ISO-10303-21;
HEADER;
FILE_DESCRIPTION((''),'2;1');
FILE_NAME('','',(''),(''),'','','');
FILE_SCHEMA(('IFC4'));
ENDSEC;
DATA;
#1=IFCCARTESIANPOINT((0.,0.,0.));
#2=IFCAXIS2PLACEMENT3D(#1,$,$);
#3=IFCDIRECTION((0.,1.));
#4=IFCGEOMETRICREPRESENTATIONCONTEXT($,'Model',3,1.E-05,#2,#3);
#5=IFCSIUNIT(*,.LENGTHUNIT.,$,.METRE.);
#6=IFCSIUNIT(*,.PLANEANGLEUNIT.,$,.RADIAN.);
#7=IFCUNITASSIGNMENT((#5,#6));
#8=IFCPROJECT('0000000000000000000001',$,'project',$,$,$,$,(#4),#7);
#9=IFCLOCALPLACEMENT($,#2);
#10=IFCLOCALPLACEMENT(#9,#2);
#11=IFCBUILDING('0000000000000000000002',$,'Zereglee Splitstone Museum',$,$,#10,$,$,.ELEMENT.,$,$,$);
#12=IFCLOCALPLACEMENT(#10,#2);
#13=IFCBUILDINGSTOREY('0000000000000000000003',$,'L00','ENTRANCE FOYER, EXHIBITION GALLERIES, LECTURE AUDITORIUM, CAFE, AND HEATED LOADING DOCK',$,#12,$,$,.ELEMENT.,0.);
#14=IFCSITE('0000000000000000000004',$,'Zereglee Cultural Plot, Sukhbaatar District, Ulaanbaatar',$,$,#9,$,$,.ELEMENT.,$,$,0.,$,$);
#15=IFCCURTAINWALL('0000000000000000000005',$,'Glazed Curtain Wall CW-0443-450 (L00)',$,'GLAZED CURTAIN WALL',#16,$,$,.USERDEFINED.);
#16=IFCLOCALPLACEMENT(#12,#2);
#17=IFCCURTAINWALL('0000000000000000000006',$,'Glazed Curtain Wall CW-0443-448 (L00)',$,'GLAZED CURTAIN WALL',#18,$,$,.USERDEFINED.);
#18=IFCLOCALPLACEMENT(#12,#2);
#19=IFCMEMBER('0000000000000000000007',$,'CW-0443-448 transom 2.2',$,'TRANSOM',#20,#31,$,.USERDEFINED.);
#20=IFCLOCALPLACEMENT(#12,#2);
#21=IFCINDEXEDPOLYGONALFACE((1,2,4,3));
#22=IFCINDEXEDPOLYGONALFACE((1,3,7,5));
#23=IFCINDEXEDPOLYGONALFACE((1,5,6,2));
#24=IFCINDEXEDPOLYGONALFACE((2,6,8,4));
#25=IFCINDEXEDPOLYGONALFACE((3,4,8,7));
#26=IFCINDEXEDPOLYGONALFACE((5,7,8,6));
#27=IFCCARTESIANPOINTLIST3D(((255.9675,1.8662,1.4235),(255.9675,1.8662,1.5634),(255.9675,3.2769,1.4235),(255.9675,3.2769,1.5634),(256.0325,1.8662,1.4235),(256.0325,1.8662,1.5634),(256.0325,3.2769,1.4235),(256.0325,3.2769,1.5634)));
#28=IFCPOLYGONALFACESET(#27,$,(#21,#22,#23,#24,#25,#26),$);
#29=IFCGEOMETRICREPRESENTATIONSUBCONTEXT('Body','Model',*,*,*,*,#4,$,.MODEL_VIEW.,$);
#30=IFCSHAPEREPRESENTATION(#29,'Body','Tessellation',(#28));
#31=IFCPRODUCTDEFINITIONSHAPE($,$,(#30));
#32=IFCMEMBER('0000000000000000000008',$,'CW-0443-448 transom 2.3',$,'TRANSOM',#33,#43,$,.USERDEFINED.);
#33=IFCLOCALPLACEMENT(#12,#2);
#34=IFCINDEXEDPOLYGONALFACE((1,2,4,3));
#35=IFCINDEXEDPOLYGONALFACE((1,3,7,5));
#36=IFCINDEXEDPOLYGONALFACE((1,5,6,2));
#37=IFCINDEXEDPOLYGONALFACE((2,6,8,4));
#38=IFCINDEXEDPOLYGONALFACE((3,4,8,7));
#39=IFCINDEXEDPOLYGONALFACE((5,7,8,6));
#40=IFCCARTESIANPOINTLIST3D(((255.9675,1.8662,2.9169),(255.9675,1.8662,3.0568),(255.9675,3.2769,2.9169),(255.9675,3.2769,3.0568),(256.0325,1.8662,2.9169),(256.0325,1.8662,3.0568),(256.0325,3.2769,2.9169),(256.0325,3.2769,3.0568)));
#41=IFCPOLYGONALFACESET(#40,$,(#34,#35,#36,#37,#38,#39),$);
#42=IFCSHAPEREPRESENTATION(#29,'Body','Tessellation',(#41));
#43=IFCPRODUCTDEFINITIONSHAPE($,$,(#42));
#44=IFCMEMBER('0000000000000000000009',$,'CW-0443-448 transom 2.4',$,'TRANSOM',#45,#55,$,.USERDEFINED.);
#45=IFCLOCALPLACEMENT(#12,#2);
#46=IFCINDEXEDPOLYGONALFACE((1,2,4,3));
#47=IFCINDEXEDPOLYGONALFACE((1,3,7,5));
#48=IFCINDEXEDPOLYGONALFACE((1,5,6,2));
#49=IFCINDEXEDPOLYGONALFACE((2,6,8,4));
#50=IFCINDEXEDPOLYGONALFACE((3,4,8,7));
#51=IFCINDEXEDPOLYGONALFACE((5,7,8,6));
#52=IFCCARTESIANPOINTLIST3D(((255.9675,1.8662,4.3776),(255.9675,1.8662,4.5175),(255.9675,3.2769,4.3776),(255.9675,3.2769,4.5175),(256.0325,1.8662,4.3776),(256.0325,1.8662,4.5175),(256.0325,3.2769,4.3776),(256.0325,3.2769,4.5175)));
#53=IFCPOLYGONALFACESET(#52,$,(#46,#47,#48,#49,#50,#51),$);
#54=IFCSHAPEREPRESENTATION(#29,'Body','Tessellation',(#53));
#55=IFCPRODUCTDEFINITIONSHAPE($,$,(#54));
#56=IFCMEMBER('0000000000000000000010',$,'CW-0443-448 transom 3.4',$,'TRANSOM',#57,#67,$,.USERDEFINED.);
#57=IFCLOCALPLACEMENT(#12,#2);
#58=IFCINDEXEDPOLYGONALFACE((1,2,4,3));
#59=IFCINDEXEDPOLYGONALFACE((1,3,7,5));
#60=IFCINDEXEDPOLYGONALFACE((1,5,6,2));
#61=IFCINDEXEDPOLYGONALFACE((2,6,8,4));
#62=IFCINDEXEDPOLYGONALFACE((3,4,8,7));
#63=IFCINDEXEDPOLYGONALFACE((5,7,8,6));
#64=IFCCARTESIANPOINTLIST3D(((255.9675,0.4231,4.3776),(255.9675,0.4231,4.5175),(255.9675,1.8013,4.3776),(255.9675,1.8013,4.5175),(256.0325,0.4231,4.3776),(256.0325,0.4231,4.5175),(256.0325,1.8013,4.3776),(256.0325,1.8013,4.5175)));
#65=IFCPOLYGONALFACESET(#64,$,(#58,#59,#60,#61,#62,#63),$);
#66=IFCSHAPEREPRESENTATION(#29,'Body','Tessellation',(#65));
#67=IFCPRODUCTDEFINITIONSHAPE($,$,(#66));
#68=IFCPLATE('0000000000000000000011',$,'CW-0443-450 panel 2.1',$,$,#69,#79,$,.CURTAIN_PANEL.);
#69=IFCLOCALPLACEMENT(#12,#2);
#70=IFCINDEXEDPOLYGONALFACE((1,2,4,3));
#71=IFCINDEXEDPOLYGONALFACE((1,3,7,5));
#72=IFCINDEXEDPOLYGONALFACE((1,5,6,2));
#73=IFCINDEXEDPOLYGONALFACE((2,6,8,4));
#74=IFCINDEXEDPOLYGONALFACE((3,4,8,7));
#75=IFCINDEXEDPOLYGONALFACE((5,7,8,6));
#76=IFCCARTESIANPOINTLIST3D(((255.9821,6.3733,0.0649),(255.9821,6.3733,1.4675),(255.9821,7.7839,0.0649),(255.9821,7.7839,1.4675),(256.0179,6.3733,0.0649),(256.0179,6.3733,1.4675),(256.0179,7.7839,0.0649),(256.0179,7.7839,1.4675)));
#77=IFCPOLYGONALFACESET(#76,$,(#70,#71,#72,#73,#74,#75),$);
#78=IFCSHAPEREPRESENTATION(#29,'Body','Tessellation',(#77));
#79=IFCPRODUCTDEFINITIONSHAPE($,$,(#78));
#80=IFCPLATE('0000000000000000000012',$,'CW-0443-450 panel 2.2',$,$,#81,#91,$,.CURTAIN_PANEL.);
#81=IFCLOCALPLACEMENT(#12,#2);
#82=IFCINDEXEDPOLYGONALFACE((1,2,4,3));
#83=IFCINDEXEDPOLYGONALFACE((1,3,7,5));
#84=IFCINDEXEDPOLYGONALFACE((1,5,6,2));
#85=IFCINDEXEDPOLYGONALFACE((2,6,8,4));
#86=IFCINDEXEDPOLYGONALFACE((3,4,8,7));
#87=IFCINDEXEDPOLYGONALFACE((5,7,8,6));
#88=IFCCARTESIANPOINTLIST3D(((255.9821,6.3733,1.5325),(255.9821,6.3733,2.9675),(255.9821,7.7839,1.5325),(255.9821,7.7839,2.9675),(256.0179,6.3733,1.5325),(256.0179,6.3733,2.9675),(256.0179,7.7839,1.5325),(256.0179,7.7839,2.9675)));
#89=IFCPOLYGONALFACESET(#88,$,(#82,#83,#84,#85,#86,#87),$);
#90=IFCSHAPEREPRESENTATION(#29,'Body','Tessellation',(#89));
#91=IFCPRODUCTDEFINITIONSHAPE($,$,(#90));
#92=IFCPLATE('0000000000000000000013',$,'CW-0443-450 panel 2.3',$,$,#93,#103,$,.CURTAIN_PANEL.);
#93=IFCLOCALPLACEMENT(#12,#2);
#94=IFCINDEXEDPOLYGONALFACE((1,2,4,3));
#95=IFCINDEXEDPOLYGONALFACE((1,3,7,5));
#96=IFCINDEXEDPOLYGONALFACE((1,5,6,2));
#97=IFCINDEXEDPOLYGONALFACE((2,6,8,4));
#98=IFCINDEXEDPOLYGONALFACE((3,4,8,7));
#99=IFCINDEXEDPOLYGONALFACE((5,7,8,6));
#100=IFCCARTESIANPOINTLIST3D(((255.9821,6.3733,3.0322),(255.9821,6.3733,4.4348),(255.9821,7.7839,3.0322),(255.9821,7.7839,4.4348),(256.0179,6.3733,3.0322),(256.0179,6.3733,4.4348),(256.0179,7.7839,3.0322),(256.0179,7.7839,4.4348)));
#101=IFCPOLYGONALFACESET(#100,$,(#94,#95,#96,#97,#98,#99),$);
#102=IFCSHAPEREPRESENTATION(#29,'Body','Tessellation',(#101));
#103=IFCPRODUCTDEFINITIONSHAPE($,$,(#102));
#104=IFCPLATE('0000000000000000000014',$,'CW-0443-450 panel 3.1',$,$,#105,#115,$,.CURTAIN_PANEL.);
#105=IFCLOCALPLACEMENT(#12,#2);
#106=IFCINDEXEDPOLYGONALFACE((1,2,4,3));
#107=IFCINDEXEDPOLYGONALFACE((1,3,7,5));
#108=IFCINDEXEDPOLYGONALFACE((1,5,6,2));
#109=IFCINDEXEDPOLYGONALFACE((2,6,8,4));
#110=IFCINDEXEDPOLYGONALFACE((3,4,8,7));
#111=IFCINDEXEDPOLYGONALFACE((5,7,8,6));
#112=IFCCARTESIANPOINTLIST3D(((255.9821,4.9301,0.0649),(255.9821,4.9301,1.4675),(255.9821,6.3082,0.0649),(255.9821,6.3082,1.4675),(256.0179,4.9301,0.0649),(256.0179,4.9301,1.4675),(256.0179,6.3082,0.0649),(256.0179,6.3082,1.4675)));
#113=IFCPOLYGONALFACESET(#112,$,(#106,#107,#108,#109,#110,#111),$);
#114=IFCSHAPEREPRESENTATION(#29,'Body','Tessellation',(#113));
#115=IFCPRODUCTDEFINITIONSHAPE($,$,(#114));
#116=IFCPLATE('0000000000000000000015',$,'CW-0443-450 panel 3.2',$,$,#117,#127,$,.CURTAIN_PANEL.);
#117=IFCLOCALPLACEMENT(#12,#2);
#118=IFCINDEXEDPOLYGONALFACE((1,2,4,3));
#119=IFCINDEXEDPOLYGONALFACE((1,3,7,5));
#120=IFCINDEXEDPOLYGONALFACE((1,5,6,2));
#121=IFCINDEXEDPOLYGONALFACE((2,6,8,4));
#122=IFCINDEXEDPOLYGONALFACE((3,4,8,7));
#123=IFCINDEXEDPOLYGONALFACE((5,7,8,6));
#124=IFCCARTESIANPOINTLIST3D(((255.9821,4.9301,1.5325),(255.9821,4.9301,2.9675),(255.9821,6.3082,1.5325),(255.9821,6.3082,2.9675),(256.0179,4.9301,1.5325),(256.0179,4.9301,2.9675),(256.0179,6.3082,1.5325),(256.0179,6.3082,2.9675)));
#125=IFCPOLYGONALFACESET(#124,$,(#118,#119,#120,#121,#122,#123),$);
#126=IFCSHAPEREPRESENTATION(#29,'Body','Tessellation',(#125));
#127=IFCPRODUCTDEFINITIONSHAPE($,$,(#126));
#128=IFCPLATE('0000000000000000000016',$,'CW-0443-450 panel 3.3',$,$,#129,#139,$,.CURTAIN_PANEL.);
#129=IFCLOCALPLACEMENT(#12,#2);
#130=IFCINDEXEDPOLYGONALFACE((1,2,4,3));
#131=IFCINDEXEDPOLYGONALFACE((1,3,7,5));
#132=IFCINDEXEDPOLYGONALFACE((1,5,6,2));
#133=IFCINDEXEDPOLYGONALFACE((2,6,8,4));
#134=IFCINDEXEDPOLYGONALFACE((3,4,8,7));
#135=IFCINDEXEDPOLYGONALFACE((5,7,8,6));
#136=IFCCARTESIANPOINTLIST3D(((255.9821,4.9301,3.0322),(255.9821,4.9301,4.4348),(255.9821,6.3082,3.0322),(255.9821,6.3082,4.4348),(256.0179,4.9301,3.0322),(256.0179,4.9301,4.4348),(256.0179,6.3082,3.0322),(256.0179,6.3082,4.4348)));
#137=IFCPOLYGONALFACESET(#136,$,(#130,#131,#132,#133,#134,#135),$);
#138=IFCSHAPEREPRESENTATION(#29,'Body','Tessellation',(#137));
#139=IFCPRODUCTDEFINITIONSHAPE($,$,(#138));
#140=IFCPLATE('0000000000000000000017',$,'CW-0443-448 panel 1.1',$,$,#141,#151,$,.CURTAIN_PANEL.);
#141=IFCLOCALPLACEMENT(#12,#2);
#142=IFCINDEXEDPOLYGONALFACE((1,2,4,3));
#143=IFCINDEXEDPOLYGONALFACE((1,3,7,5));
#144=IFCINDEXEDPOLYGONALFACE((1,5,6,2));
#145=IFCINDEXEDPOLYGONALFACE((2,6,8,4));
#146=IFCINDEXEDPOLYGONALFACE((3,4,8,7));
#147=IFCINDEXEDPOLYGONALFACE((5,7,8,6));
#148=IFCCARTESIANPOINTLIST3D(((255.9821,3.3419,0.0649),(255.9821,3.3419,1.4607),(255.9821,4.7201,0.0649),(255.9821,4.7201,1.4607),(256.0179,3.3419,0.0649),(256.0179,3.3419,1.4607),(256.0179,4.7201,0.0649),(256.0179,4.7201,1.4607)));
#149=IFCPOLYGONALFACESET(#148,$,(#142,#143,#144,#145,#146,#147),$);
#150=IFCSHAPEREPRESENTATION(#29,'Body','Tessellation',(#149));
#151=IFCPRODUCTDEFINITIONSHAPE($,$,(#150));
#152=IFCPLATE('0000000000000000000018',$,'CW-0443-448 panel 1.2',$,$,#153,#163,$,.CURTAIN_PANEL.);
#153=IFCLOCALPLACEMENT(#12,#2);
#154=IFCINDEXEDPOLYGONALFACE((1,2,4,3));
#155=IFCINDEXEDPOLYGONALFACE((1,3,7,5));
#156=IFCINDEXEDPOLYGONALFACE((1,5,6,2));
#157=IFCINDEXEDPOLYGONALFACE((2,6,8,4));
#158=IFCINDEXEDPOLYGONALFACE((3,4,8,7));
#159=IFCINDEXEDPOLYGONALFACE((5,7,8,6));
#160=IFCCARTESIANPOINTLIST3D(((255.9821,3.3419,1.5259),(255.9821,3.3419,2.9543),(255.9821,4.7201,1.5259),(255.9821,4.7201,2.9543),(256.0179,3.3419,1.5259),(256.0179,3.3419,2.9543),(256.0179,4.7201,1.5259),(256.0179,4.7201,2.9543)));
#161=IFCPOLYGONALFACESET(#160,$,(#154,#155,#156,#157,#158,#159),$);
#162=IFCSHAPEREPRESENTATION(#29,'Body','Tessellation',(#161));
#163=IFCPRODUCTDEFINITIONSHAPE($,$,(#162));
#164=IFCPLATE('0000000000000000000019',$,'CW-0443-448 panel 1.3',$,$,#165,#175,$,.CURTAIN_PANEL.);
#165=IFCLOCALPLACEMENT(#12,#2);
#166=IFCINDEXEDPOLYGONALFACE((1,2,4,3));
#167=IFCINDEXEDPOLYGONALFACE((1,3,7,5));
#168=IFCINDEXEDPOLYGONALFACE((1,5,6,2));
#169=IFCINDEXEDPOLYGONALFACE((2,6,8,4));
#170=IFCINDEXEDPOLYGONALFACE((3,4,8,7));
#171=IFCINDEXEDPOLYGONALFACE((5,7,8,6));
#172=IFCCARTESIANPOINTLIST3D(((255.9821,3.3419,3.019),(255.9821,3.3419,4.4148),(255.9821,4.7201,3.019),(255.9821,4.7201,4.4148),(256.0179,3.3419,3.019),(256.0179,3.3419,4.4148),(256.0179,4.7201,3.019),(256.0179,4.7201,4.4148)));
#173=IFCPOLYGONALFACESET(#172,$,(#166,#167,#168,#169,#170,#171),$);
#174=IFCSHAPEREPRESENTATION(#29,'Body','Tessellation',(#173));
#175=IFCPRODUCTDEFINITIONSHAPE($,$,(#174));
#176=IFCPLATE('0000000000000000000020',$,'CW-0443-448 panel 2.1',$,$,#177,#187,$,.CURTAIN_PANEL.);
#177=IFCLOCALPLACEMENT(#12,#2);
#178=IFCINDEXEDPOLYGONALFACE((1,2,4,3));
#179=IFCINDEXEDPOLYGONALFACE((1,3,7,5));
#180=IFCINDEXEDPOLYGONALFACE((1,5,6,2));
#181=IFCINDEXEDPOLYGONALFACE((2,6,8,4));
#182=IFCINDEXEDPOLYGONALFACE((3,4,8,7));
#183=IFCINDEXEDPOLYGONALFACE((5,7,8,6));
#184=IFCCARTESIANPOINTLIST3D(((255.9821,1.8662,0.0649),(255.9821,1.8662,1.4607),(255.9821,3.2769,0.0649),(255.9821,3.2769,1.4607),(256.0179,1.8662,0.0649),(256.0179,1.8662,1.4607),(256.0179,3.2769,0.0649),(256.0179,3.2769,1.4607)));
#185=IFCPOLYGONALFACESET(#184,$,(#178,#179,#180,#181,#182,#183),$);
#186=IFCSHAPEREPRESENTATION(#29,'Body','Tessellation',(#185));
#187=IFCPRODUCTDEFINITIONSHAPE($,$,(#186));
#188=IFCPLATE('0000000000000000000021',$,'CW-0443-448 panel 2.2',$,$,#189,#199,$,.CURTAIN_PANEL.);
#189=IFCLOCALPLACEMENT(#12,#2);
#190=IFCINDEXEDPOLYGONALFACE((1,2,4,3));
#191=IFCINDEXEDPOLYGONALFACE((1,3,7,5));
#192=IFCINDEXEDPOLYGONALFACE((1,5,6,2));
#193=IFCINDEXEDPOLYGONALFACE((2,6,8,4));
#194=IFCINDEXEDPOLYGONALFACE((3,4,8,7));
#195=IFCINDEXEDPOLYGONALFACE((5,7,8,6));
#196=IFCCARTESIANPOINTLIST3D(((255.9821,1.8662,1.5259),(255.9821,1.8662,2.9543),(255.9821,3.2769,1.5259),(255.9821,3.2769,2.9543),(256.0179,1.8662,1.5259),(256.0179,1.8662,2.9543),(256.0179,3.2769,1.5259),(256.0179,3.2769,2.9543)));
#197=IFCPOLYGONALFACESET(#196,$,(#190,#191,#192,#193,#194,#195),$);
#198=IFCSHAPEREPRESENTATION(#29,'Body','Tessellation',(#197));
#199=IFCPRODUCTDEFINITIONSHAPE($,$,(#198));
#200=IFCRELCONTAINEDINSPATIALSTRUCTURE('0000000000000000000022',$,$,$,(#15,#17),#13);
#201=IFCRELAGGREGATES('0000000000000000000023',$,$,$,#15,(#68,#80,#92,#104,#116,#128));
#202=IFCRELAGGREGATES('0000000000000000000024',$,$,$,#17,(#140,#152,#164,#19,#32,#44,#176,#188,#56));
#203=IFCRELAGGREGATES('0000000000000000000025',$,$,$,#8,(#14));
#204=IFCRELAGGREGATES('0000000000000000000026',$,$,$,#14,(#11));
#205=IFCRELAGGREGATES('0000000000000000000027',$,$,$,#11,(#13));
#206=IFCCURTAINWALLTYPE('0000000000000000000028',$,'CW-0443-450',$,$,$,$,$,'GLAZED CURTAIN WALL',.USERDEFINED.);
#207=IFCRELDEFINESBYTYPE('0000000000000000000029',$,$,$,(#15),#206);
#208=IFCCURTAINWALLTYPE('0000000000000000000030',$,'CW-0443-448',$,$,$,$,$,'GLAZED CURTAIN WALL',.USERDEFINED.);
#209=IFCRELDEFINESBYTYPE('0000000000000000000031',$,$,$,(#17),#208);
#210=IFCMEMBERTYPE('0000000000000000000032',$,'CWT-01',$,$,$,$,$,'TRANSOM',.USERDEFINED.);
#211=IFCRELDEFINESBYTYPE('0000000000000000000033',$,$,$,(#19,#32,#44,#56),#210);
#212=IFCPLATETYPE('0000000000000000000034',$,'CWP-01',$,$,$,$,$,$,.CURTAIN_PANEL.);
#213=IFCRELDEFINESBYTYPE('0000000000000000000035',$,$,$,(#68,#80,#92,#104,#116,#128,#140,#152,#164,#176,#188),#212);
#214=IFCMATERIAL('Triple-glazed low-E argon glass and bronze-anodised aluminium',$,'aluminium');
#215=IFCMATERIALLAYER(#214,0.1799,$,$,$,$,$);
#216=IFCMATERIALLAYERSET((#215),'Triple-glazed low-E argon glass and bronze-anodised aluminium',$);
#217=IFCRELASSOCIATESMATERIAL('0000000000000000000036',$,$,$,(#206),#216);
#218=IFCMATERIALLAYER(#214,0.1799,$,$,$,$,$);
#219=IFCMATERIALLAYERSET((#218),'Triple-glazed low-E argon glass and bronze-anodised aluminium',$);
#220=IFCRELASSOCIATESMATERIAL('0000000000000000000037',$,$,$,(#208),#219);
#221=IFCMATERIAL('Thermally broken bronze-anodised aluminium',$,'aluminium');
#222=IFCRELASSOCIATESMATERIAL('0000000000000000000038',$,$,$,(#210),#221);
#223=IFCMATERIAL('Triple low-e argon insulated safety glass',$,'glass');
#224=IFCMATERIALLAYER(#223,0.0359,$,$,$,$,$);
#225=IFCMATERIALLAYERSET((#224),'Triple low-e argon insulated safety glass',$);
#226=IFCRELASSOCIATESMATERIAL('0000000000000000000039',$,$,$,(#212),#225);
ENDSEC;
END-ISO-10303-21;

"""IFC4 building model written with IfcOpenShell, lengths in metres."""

from ifc_helpers import new_model, si_unit, direction, frame, origin, origin_2d, place, context, subcontext, project, spatial, rectangle, extrude, material, layer, layer_set, material_profile, profile_set, type_object, element, aggregate, save


model = new_model("IFC4")

# Units and contexts
model_context = context("Model", 3, precision=1e-05, world=origin(), true_north=direction((0.0, 1.0)))
body_context = subcontext(model_context, "Body", "Model", "MODEL_VIEW")
ifc_project = project(units=[si_unit("LENGTHUNIT", "METRE"), si_unit("PLANEANGLEUNIT", "RADIAN")], contexts=[model_context])

# Site, building, storey
site_placement = place(None, origin())
site = spatial("IfcSite", under=ifc_project, at=site_placement, Name="Zereglee Cultural Plot, Sukhbaatar District, Ulaanbaatar", CompositionType="ELEMENT", RefElevation=0.0)
building_placement = place(site_placement, origin())
building = spatial("IfcBuilding", under=site, at=building_placement, Name="Zereglee Splitstone Museum", CompositionType="ELEMENT")
storey_placement = place(building_placement, origin())
storey = spatial("IfcBuildingStorey", under=building, at=storey_placement, Name="L00", Description="ENTRANCE FOYER, EXHIBITION GALLERIES, LECTURE AUDITORIUM, CAFE, AND HEATED LOADING DOCK", CompositionType="ELEMENT", Elevation=0.0)

# Curtain walls
ifc_material_1 = material(Name="Triple-glazed low-E argon glass and bronze-anodised aluminium", Category="aluminium")
ifc_layer_1 = layer(ifc_material_1, 0.1799)
ifc_layer_set_1 = layer_set([ifc_layer_1], Name="Triple-glazed low-E argon glass and bronze-anodised aluminium")
curtain_wall_type_1 = type_object("IfcCurtainWallType", Name="CW-0443-450", ElementType="GLAZED CURTAIN WALL", PredefinedType="USERDEFINED", material=ifc_layer_set_1)
curtain_wall_1_placement = place(storey_placement, origin())
curtain_wall_1 = element("IfcCurtainWall", 1, at=curtain_wall_1_placement, inside=storey, type_object=curtain_wall_type_1, Name="Glazed Curtain Wall CW-0443-450 (L00)", ObjectType="GLAZED CURTAIN WALL", PredefinedType="USERDEFINED")
ifc_material_2 = material(Name="Thermally broken bronze-anodised aluminium", Category="aluminium")
ifc_layer_2 = layer(ifc_material_1, 0.1799)
ifc_layer_set_2 = layer_set([ifc_layer_2], Name="Triple-glazed low-E argon glass and bronze-anodised aluminium")
curtain_wall_type_2 = type_object("IfcCurtainWallType", Name="CW-0443-448", ElementType="GLAZED CURTAIN WALL", PredefinedType="USERDEFINED", material=ifc_layer_set_2)
curtain_wall_2_placement = place(storey_placement, origin())
curtain_wall_2 = element("IfcCurtainWall", 2, at=curtain_wall_2_placement, inside=storey, type_object=curtain_wall_type_2, Name="Glazed Curtain Wall CW-0443-448 (L00)", ObjectType="GLAZED CURTAIN WALL", PredefinedType="USERDEFINED")

# Members
ifc_material_profile_1 = material_profile(ifc_material_2, rectangle(XDim=0.0649, YDim=0.1399, at=origin_2d()), Name="CW TRAN 65x140")
ifc_profile_set_1 = profile_set([ifc_material_profile_1], Name="Thermally broken bronze-anodised aluminium")
member_type_1 = type_object("IfcMemberType", Name="CWT-01", ElementType="TRANSOM", PredefinedType="USERDEFINED", material=ifc_profile_set_1)
member_1_placement = place(storey_placement, frame((256.0, 3.2769, 1.4934), z_axis=(0.0, -1.0, 0.0), x_axis=(1.0, 0.0, 0.0)))
member_1 = element("IfcMember", 3, at=member_1_placement, type_object=member_type_1, Name="CW-0443-448 transom 2.2", ObjectType="TRANSOM", PredefinedType="USERDEFINED", context=body_context, shape_type="SweptSolid", body=[
    extrude(rectangle(XDim=0.0649, YDim=0.1399, at=origin_2d()), origin(), (0.0, 0.0, 1.0), 1.4106),
])
member_2_placement = place(storey_placement, frame((256.0, 3.2769, 2.9868), z_axis=(0.0, -1.0, 0.0), x_axis=(1.0, 0.0, 0.0)))
member_2 = element("IfcMember", 4, at=member_2_placement, type_object=member_type_1, Name="CW-0443-448 transom 2.3", ObjectType="TRANSOM", PredefinedType="USERDEFINED", context=body_context, shape_type="SweptSolid", body=[
    extrude(rectangle(XDim=0.0649, YDim=0.1399, at=origin_2d()), origin(), (0.0, 0.0, 1.0), 1.4106),
])
member_3_placement = place(storey_placement, frame((256.0, 3.2769, 4.4475), z_axis=(0.0, -1.0, 0.0), x_axis=(1.0, 0.0, 0.0)))
member_3 = element("IfcMember", 5, at=member_3_placement, type_object=member_type_1, Name="CW-0443-448 transom 2.4", ObjectType="TRANSOM", PredefinedType="USERDEFINED", context=body_context, shape_type="SweptSolid", body=[
    extrude(rectangle(XDim=0.0649, YDim=0.1399, at=origin_2d()), origin(), (0.0, 0.0, 1.0), 1.4106),
])
member_4_placement = place(storey_placement, frame((256.0, 1.8013, 4.4475), z_axis=(0.0, -1.0, 0.0), x_axis=(1.0, 0.0, 0.0)))
member_4 = element("IfcMember", 6, at=member_4_placement, type_object=member_type_1, Name="CW-0443-448 transom 3.4", ObjectType="TRANSOM", PredefinedType="USERDEFINED", context=body_context, shape_type="SweptSolid", body=[
    extrude(rectangle(XDim=0.0649, YDim=0.1399, at=origin_2d()), origin(), (0.0, 0.0, 1.0), 1.3782),
])

# Plates
ifc_material_3 = material(Name="Triple low-e argon insulated safety glass", Category="glass")
ifc_layer_3 = layer(ifc_material_3, 0.0359)
ifc_layer_set_3 = layer_set([ifc_layer_3], Name="Triple low-e argon insulated safety glass")
plate_type = type_object("IfcPlateType", Name="CWP-01", PredefinedType="CURTAIN_PANEL", material=ifc_layer_set_3)
plate_1_placement = place(storey_placement, frame((256.0, 7.0786, 0.0649), z_axis=(0.0, 0.0, 1.0), x_axis=(0.0, -1.0, 0.0)))
plate_1 = element("IfcPlate", 7, at=plate_1_placement, type_object=plate_type, Name="CW-0443-450 panel 2.1", PredefinedType="CURTAIN_PANEL", context=body_context, shape_type="SweptSolid", body=[
    extrude(rectangle(XDim=1.4106, YDim=0.0359, at=origin_2d()), origin(), (0.0, 0.0, 1.0), 1.4026),
])
plate_2_placement = place(storey_placement, frame((256.0, 7.0786, 1.5325), z_axis=(0.0, 0.0, 1.0), x_axis=(0.0, -1.0, 0.0)))
plate_2 = element("IfcPlate", 8, at=plate_2_placement, type_object=plate_type, Name="CW-0443-450 panel 2.2", PredefinedType="CURTAIN_PANEL", context=body_context, shape_type="SweptSolid", body=[
    extrude(rectangle(XDim=1.4106, YDim=0.0359, at=origin_2d()), origin(), (0.0, 0.0, 1.0), 1.4351),
])
plate_3_placement = place(storey_placement, frame((256.0, 7.0786, 3.0322), z_axis=(0.0, 0.0, 1.0), x_axis=(0.0, -1.0, 0.0)))
plate_3 = element("IfcPlate", 9, at=plate_3_placement, type_object=plate_type, Name="CW-0443-450 panel 2.3", PredefinedType="CURTAIN_PANEL", context=body_context, shape_type="SweptSolid", body=[
    extrude(rectangle(XDim=1.4106, YDim=0.0359, at=origin_2d()), origin(), (0.0, 0.0, 1.0), 1.4026),
])
plate_4_placement = place(storey_placement, frame((256.0, 5.6191, 0.0649), z_axis=(0.0, 0.0, 1.0), x_axis=(0.0, -1.0, 0.0)))
plate_4 = element("IfcPlate", 10, at=plate_4_placement, type_object=plate_type, Name="CW-0443-450 panel 3.1", PredefinedType="CURTAIN_PANEL", context=body_context, shape_type="SweptSolid", body=[
    extrude(rectangle(XDim=1.3782, YDim=0.0359, at=origin_2d()), origin(), (0.0, 0.0, 1.0), 1.4026),
])
plate_5_placement = place(storey_placement, frame((256.0, 5.6191, 1.5325), z_axis=(0.0, 0.0, 1.0), x_axis=(0.0, -1.0, 0.0)))
plate_5 = element("IfcPlate", 11, at=plate_5_placement, type_object=plate_type, Name="CW-0443-450 panel 3.2", PredefinedType="CURTAIN_PANEL", context=body_context, shape_type="SweptSolid", body=[
    extrude(rectangle(XDim=1.3782, YDim=0.0359, at=origin_2d()), origin(), (0.0, 0.0, 1.0), 1.4351),
])
plate_6_placement = place(storey_placement, frame((256.0, 5.6191, 3.0322), z_axis=(0.0, 0.0, 1.0), x_axis=(0.0, -1.0, 0.0)))
plate_6 = element("IfcPlate", 12, at=plate_6_placement, type_object=plate_type, Name="CW-0443-450 panel 3.3", PredefinedType="CURTAIN_PANEL", context=body_context, shape_type="SweptSolid", body=[
    extrude(rectangle(XDim=1.3782, YDim=0.0359, at=origin_2d()), origin(), (0.0, 0.0, 1.0), 1.4026),
])
aggregate(curtain_wall_1, [plate_1, plate_2, plate_3, plate_4, plate_5, plate_6])
plate_7_placement = place(storey_placement, frame((256.0, 4.031, 0.0649), z_axis=(0.0, 0.0, 1.0), x_axis=(0.0, -1.0, 0.0)))
plate_7 = element("IfcPlate", 13, at=plate_7_placement, type_object=plate_type, Name="CW-0443-448 panel 1.1", PredefinedType="CURTAIN_PANEL", context=body_context, shape_type="SweptSolid", body=[
    extrude(rectangle(XDim=1.3782, YDim=0.0359, at=origin_2d()), origin(), (0.0, 0.0, 1.0), 1.3958),
])
plate_8_placement = place(storey_placement, frame((256.0, 4.031, 1.5259), z_axis=(0.0, 0.0, 1.0), x_axis=(0.0, -1.0, 0.0)))
plate_8 = element("IfcPlate", 14, at=plate_8_placement, type_object=plate_type, Name="CW-0443-448 panel 1.2", PredefinedType="CURTAIN_PANEL", context=body_context, shape_type="SweptSolid", body=[
    extrude(rectangle(XDim=1.3782, YDim=0.0359, at=origin_2d()), origin(), (0.0, 0.0, 1.0), 1.4285),
])
plate_9_placement = place(storey_placement, frame((256.0, 4.031, 3.019), z_axis=(0.0, 0.0, 1.0), x_axis=(0.0, -1.0, 0.0)))
plate_9 = element("IfcPlate", 15, at=plate_9_placement, type_object=plate_type, Name="CW-0443-448 panel 1.3", PredefinedType="CURTAIN_PANEL", context=body_context, shape_type="SweptSolid", body=[
    extrude(rectangle(XDim=1.3782, YDim=0.0359, at=origin_2d()), origin(), (0.0, 0.0, 1.0), 1.3958),
])
plate_10_placement = place(storey_placement, frame((256.0, 2.5715, 0.0649), z_axis=(0.0, 0.0, 1.0), x_axis=(0.0, -1.0, 0.0)))
plate_10 = element("IfcPlate", 16, at=plate_10_placement, type_object=plate_type, Name="CW-0443-448 panel 2.1", PredefinedType="CURTAIN_PANEL", context=body_context, shape_type="SweptSolid", body=[
    extrude(rectangle(XDim=1.4106, YDim=0.0359, at=origin_2d()), origin(), (0.0, 0.0, 1.0), 1.3958),
])
plate_11_placement = place(storey_placement, frame((256.0, 2.5715, 1.5259), z_axis=(0.0, 0.0, 1.0), x_axis=(0.0, -1.0, 0.0)))
plate_11 = element("IfcPlate", 17, at=plate_11_placement, type_object=plate_type, Name="CW-0443-448 panel 2.2", PredefinedType="CURTAIN_PANEL", context=body_context, shape_type="SweptSolid", body=[
    extrude(rectangle(XDim=1.4106, YDim=0.0359, at=origin_2d()), origin(), (0.0, 0.0, 1.0), 1.4285),
])
aggregate(curtain_wall_2, [plate_7, plate_8, plate_9, member_1, member_2, member_3, plate_10, plate_11, member_4])

save(model, "model.ifc")
